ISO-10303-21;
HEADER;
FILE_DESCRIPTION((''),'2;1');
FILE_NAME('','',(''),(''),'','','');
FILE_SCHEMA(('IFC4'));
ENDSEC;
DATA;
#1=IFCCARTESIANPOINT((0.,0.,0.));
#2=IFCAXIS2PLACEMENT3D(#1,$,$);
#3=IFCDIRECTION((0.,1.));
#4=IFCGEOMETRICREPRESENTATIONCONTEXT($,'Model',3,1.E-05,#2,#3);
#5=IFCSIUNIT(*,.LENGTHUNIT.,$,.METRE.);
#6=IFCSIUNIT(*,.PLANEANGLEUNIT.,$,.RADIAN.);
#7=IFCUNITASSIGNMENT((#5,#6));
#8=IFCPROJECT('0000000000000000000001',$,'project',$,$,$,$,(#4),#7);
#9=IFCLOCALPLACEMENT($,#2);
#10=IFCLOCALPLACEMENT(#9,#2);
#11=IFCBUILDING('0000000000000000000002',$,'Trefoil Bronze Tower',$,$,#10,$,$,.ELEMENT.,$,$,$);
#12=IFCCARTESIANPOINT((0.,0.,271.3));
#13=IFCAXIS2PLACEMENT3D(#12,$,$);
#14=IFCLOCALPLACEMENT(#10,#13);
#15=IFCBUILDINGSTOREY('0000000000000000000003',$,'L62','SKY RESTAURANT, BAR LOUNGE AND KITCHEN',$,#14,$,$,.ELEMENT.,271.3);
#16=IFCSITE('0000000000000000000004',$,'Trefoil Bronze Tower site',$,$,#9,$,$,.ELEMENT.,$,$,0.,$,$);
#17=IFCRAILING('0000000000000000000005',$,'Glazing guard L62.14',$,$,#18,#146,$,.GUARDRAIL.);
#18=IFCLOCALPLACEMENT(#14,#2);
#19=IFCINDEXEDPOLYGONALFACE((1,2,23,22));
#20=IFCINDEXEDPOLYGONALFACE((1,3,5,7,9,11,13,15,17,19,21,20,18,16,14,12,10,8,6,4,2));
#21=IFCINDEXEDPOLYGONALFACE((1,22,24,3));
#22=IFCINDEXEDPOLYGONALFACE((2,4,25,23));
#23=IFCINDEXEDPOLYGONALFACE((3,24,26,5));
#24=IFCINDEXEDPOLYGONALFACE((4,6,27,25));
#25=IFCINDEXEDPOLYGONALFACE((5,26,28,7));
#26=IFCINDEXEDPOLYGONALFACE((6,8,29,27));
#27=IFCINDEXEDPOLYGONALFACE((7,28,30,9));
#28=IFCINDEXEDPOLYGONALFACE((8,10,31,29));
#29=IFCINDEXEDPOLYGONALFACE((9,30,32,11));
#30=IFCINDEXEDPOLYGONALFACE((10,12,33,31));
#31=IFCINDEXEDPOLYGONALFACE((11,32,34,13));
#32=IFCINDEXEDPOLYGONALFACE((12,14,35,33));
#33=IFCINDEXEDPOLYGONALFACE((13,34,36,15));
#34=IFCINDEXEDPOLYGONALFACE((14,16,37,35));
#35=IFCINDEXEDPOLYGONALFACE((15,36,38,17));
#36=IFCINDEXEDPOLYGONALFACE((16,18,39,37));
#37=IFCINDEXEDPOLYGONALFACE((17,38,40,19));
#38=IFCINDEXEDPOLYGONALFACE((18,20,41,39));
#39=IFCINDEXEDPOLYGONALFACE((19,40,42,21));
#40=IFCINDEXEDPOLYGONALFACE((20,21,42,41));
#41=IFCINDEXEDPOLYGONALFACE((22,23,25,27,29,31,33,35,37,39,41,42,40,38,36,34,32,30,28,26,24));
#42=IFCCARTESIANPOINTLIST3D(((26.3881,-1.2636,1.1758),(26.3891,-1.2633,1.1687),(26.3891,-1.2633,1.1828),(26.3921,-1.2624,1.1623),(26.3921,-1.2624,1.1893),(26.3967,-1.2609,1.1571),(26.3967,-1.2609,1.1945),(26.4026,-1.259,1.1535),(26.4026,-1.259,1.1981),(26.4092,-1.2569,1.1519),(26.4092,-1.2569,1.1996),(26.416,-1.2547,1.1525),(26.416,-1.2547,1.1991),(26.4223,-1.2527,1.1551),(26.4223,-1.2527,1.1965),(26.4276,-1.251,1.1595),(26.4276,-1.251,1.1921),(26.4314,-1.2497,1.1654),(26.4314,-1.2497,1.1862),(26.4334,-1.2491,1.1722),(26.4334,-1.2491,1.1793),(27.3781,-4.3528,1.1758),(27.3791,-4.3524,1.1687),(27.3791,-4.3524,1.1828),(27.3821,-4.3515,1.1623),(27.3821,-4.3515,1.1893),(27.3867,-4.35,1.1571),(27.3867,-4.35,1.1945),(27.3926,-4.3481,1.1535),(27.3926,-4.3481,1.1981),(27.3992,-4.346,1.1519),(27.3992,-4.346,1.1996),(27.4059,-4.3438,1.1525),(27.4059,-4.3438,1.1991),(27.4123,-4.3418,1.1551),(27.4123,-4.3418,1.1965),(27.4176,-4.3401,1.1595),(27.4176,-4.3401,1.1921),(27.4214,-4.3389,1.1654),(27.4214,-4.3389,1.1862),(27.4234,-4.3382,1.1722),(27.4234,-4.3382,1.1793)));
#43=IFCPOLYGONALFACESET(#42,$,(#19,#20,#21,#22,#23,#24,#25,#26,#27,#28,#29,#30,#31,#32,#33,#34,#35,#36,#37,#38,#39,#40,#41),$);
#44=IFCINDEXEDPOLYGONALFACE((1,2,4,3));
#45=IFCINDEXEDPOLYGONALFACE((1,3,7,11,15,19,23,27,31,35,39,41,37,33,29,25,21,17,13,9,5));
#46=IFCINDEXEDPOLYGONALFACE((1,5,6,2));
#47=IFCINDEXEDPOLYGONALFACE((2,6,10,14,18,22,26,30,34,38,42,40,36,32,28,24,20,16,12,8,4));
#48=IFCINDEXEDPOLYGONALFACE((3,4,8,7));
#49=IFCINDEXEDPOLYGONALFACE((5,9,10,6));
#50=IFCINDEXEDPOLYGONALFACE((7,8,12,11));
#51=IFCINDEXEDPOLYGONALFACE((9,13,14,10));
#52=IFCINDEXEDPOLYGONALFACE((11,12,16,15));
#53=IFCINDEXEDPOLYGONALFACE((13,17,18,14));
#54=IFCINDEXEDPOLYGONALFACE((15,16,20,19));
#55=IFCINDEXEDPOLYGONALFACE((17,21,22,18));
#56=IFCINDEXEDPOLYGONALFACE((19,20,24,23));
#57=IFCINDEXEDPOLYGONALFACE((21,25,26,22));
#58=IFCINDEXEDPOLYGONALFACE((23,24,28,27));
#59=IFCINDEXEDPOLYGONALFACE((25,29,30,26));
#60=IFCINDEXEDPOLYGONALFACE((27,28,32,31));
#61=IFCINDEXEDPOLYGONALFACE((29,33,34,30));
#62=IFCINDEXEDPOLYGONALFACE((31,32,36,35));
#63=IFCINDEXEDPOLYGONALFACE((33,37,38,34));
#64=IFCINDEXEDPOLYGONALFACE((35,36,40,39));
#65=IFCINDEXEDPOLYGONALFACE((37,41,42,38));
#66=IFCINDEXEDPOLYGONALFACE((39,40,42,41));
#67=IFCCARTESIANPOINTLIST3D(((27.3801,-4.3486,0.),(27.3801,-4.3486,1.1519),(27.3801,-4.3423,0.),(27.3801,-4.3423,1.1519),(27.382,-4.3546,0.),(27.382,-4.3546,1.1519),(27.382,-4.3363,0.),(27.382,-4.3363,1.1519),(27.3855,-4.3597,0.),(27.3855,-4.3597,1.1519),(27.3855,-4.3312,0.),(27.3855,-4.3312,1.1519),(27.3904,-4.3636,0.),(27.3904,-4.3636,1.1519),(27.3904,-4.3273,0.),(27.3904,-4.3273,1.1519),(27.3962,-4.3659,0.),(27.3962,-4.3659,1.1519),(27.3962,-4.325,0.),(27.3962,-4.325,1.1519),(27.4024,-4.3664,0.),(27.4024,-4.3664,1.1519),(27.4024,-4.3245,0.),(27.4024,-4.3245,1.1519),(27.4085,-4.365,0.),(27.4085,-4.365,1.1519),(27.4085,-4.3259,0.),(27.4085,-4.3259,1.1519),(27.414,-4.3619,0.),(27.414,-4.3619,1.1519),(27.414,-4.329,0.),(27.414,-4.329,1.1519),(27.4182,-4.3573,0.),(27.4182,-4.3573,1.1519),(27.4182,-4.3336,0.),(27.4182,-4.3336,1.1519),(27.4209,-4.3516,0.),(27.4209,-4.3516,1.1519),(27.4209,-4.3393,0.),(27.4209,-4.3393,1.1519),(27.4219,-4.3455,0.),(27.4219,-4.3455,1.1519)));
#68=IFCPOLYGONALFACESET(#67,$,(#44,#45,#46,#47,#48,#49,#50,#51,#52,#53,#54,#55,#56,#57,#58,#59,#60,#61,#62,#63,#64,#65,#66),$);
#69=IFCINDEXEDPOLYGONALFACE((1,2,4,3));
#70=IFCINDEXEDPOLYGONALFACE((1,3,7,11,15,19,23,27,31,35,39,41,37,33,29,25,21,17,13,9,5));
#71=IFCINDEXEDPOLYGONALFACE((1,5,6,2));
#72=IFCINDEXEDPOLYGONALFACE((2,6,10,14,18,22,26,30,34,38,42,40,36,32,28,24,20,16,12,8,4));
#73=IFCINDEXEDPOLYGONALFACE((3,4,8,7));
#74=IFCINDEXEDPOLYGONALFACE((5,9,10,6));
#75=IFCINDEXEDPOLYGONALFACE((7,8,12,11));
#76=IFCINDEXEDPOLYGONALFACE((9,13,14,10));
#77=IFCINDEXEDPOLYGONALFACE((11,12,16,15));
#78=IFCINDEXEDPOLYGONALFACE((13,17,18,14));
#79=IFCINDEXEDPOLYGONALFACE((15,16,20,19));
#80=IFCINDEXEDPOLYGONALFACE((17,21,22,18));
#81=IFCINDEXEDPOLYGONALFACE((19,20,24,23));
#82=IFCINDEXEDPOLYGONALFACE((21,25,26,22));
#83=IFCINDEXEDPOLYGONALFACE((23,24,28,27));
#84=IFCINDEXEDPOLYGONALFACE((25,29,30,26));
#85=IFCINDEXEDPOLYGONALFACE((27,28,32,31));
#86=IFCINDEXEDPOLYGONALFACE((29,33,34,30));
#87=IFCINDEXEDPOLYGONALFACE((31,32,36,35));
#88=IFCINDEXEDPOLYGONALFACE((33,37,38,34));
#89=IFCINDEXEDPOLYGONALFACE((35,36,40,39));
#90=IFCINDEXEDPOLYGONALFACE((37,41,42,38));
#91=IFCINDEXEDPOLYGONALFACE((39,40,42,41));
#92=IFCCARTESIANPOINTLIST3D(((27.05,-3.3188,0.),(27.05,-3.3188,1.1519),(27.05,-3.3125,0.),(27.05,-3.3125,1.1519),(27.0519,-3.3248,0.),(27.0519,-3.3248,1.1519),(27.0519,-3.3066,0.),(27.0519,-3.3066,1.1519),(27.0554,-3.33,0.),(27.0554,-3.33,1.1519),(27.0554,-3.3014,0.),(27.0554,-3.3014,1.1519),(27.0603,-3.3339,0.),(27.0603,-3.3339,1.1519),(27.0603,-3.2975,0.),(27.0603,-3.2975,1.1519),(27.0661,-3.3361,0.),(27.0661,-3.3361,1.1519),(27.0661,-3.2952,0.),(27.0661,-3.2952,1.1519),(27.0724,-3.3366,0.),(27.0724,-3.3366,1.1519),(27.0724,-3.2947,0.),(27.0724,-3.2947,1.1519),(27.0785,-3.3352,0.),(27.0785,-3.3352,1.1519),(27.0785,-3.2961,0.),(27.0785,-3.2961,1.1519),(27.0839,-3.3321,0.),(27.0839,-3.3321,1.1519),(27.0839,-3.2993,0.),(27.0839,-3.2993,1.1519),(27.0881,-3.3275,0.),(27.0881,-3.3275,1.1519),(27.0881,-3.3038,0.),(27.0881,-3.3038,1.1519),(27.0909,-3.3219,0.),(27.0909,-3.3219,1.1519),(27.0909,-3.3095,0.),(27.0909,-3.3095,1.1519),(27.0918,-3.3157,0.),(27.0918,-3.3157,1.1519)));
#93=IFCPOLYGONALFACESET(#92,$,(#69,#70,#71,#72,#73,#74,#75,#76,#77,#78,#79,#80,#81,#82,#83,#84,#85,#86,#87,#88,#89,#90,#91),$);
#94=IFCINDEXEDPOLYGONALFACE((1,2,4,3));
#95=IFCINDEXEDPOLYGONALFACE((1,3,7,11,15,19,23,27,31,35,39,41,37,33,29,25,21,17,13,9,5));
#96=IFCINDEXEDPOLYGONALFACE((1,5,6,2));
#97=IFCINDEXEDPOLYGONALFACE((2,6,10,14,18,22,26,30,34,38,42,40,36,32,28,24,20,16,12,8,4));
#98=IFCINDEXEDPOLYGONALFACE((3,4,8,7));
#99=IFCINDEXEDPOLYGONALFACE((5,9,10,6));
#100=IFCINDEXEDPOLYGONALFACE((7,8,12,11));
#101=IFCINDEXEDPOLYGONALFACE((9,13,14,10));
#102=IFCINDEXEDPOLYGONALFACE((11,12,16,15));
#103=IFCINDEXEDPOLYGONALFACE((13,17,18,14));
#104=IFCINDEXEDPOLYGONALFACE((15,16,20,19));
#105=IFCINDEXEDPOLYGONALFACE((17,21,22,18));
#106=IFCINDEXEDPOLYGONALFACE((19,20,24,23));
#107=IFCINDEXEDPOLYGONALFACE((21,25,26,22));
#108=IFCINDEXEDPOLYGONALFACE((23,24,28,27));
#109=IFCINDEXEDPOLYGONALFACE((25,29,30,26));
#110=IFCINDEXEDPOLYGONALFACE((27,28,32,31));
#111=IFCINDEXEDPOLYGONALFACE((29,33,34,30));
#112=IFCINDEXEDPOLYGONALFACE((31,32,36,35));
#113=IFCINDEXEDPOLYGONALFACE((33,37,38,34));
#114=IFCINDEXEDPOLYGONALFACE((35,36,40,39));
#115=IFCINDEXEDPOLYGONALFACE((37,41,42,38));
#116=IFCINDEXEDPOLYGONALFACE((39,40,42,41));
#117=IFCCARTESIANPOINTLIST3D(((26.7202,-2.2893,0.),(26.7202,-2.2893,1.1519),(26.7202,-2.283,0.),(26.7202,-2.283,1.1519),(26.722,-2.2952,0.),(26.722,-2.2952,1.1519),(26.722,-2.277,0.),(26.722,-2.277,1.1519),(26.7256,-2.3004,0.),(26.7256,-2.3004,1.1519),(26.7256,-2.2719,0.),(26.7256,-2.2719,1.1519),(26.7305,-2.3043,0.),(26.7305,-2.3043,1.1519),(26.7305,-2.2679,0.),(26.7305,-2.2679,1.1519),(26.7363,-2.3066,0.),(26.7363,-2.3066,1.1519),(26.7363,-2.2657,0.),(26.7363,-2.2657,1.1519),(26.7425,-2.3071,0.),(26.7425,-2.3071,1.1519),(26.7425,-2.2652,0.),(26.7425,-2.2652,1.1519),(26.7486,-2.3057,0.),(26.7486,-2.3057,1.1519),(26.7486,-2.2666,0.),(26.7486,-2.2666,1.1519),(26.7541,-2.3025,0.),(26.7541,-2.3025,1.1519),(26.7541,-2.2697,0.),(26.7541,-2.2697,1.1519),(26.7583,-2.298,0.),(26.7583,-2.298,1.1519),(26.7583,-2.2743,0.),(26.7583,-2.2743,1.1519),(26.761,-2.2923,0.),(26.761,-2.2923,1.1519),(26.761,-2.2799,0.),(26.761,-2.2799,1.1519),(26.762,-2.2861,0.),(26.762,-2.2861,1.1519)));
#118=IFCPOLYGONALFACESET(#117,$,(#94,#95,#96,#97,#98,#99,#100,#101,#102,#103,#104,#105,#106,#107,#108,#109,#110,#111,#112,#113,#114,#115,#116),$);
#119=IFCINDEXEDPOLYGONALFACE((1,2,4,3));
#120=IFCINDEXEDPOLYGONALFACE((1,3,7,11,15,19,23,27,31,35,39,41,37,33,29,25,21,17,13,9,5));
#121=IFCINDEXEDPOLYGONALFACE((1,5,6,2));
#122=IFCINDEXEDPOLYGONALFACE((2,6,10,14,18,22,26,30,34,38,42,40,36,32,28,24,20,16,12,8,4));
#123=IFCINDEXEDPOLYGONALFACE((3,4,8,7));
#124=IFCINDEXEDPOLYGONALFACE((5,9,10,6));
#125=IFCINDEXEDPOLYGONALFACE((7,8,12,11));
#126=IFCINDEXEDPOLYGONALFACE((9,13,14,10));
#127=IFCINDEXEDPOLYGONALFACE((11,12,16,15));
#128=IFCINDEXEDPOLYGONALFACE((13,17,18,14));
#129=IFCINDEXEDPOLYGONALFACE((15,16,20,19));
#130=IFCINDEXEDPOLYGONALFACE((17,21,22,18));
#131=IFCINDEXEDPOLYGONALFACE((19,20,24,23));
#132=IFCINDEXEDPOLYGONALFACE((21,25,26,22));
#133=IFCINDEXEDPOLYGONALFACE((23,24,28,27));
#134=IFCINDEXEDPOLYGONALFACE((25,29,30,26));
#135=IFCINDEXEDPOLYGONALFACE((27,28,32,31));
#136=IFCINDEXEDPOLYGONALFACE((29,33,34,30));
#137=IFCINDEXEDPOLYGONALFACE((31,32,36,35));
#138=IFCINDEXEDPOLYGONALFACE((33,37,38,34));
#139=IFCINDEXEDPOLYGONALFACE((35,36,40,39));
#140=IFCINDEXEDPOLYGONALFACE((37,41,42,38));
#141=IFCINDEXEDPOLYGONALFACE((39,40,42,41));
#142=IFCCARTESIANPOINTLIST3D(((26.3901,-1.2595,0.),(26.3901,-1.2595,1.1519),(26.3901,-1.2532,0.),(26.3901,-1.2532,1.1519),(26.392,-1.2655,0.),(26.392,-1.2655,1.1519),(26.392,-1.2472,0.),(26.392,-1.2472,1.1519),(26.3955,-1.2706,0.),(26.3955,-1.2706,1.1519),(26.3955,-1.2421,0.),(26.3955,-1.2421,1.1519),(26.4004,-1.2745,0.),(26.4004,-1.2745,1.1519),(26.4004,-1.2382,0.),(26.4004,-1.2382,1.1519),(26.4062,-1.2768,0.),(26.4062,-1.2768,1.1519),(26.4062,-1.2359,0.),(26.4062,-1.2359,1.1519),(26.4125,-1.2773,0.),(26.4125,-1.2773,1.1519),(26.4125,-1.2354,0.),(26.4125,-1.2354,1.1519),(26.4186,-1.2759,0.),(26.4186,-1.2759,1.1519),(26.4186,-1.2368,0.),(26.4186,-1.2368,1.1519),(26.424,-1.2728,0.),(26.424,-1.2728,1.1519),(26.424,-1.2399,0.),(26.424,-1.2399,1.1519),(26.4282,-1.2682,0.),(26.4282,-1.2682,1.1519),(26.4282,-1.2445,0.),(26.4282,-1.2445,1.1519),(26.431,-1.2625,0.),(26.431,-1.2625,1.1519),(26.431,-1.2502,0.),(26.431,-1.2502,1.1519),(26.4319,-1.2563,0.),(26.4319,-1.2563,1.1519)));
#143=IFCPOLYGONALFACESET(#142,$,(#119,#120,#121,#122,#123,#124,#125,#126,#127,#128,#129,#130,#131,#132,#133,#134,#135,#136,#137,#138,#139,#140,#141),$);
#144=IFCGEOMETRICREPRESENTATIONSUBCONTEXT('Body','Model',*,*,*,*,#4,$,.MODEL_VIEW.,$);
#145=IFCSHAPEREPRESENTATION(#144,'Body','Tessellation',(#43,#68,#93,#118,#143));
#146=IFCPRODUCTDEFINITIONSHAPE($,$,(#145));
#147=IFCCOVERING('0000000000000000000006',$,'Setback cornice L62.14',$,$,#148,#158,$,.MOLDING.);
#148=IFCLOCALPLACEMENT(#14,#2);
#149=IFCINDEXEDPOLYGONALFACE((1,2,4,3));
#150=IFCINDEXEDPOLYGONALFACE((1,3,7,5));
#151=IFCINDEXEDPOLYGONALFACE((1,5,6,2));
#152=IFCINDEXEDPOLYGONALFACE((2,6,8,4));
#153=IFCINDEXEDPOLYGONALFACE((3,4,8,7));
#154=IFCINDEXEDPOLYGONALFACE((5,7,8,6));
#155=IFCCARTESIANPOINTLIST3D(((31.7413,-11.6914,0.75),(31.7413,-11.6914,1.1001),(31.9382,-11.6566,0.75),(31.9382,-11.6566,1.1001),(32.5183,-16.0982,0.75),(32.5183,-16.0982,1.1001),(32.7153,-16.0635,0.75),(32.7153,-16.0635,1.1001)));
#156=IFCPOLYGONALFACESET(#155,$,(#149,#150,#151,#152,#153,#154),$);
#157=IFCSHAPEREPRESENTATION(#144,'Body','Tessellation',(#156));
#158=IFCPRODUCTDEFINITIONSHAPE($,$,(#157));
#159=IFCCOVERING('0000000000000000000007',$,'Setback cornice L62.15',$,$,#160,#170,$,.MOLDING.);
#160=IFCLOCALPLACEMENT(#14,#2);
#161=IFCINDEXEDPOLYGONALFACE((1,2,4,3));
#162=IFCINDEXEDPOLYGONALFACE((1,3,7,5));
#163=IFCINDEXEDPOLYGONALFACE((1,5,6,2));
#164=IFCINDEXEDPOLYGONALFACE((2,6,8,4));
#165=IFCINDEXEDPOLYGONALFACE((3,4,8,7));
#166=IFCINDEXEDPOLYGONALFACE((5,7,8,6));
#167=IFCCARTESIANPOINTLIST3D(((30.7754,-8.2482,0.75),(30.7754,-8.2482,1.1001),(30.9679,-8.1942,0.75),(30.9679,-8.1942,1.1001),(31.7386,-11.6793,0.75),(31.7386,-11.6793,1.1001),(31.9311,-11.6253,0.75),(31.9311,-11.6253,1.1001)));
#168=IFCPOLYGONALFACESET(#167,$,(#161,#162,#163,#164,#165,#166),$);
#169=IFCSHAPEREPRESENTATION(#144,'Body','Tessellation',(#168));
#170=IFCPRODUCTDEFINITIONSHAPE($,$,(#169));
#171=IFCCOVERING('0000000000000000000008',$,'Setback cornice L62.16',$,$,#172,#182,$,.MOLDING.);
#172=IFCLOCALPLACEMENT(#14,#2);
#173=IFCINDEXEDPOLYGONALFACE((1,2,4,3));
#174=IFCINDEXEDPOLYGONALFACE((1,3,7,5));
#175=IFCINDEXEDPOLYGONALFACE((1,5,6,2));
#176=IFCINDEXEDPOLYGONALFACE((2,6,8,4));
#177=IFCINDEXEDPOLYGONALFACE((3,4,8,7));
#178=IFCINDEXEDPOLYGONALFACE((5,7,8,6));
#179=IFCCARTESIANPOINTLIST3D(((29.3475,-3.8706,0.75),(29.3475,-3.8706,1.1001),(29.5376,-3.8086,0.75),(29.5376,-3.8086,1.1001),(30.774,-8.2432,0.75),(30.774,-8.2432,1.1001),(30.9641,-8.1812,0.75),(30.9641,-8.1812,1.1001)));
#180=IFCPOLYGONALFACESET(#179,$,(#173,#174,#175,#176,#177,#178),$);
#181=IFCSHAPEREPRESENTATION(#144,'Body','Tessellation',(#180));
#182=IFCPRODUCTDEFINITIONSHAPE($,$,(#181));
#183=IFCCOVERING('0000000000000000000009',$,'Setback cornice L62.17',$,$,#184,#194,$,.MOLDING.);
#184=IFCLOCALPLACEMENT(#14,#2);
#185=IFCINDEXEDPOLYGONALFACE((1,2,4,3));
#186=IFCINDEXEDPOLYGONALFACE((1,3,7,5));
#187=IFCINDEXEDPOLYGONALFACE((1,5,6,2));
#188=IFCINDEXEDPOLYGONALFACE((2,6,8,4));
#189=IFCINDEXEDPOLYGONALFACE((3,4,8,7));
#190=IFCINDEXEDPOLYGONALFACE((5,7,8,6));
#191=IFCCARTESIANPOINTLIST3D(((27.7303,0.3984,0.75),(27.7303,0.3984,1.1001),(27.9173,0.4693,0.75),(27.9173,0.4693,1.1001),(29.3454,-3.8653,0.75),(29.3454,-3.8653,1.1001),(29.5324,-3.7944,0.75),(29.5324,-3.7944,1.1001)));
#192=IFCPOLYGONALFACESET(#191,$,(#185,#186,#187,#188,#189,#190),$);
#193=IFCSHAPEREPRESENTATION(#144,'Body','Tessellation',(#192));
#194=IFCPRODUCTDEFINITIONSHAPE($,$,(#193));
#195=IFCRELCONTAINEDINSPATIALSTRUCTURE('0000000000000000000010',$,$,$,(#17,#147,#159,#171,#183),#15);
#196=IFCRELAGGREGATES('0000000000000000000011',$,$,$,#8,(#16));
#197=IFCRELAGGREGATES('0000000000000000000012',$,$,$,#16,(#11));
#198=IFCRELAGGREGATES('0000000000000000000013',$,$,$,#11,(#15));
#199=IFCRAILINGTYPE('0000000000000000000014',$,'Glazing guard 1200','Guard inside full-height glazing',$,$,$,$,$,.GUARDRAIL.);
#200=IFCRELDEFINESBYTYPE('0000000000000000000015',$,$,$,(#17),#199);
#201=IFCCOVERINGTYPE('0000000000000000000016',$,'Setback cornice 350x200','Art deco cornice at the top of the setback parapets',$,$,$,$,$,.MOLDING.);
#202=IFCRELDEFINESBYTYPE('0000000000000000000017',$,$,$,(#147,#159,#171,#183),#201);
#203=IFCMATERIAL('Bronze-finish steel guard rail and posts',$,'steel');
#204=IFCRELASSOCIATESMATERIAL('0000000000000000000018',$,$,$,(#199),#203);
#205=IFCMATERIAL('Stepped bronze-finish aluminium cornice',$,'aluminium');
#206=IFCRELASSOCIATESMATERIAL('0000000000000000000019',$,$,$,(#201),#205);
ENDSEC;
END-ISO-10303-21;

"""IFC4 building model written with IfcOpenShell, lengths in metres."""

from ifc_helpers import new_model, si_unit, direction, frame, origin, origin_2d, place, context, subcontext, project, spatial, rectangle, circle, extrude, material, type_object, element, save


model = new_model("IFC4")

# Units and contexts
model_context = context("Model", 3, precision=1e-05, world=origin(), true_north=direction((0.0, 1.0)))
body_context = subcontext(model_context, "Body", "Model", "MODEL_VIEW")
ifc_project = project(units=[si_unit("LENGTHUNIT", "METRE"), si_unit("PLANEANGLEUNIT", "RADIAN")], contexts=[model_context])

# Site, building, storey
site_placement = place(None, origin())
site = spatial("IfcSite", under=ifc_project, at=site_placement, Name="Trefoil Bronze Tower site", CompositionType="ELEMENT", RefElevation=0.0)
building_placement = place(site_placement, origin())
building = spatial("IfcBuilding", under=site, at=building_placement, Name="Trefoil Bronze Tower", CompositionType="ELEMENT")
storey_placement = place(building_placement, frame((0.0, 0.0, 271.3)))
storey = spatial("IfcBuildingStorey", under=building, at=storey_placement, Name="L62", Description="SKY RESTAURANT, BAR LOUNGE AND KITCHEN", CompositionType="ELEMENT", Elevation=271.3)

# Railing
ifc_material_1 = material(Name="Bronze-finish steel guard rail and posts", Category="steel")
railing_type = type_object("IfcRailingType", Name="Glazing guard 1200", Description="Guard inside full-height glazing", PredefinedType="GUARDRAIL", material=ifc_material_1)
railing_placement = place(storey_placement, frame((27.4009, -4.3455, 0.0)))
element("IfcRailing", 1, at=railing_placement, inside=storey, type_object=railing_type, Name="Glazing guard L62.14", PredefinedType="GUARDRAIL", context=body_context, shape_type="SweptSolid", body=[
    extrude(circle(Radius=0.0239, at=origin_2d()), frame((0.0, 0.0, 1.1758), z_axis=(-0.305188, 0.952292, 0.0), x_axis=(-0.952292, -0.305188, 0.0)), (0.0, 0.0, 1.0), 3.2439),
    extrude(circle(Radius=0.021, at=origin_2d()), origin(), (0.0, 0.0, 1.0), 1.1519),
    extrude(circle(Radius=0.021, at=origin_2d()), frame((-0.3301, 1.0298, 0.0)), (0.0, 0.0, 1.0), 1.1519),
    extrude(circle(Radius=0.021, at=origin_2d()), frame((-0.6599, 2.0593, 0.0)), (0.0, 0.0, 1.0), 1.1519),
    extrude(circle(Radius=0.021, at=origin_2d()), frame((-0.99, 3.0891, 0.0)), (0.0, 0.0, 1.0), 1.1519),
])

# Coverings
ifc_material_2 = material(Name="Stepped bronze-finish aluminium cornice", Category="aluminium")
covering_type = type_object("IfcCoveringType", Name="Setback cornice 350x200", Description="Art deco cornice at the top of the setback parapets", PredefinedType="MOLDING", material=ifc_material_2)
covering_1_placement = place(storey_placement, frame((32.2283, -13.8774, 0.75), z_axis=(0.0, 0.0, 1.0), x_axis=(-0.173648, 0.984808, 0.0)))
element("IfcCovering", 2, at=covering_1_placement, inside=storey, type_object=covering_type, Name="Setback cornice L62.14", PredefinedType="MOLDING", context=body_context, shape_type="SweptSolid", body=[
    extrude(rectangle(XDim=4.4749, YDim=0.2, at=origin_2d()), origin(), (0.0, 0.0, 1.0), 0.3501),
])
covering_2_placement = place(storey_placement, frame((31.3533, -9.9368, 0.75), z_axis=(0.0, 0.0, 1.0), x_axis=(-0.270282, 0.962781, 0.0)))
element("IfcCovering", 3, at=covering_2_placement, inside=storey, type_object=covering_type, Name="Setback cornice L62.15", PredefinedType="MOLDING", context=body_context, shape_type="SweptSolid", body=[
    extrude(rectangle(XDim=3.5637, YDim=0.2, at=origin_2d()), origin(), (0.0, 0.0, 1.0), 0.3501),
])
covering_3_placement = place(storey_placement, frame((30.1558, -6.0259, 0.75), z_axis=(0.0, 0.0, 1.0), x_axis=(-0.310149, 0.950688, 0.0)))
element("IfcCovering", 4, at=covering_3_placement, inside=storey, type_object=covering_type, Name="Setback cornice L62.16", PredefinedType="MOLDING", context=body_context, shape_type="SweptSolid", body=[
    extrude(rectangle(XDim=4.5994, YDim=0.2, at=origin_2d()), origin(), (0.0, 0.0, 1.0), 0.3501),
])
covering_4_placement = place(storey_placement, frame((28.6313, -1.698, 0.75), z_axis=(0.0, 0.0, 1.0), x_axis=(-0.354234, 0.935157, 0.0)))
element("IfcCovering", 5, at=covering_4_placement, inside=storey, type_object=covering_type, Name="Setback cornice L62.17", PredefinedType="MOLDING", context=body_context, shape_type="SweptSolid", body=[
    extrude(rectangle(XDim=4.5593, YDim=0.2, at=origin_2d()), origin(), (0.0, 0.0, 1.0), 0.3501),
])

save(model, "model.ifc")
